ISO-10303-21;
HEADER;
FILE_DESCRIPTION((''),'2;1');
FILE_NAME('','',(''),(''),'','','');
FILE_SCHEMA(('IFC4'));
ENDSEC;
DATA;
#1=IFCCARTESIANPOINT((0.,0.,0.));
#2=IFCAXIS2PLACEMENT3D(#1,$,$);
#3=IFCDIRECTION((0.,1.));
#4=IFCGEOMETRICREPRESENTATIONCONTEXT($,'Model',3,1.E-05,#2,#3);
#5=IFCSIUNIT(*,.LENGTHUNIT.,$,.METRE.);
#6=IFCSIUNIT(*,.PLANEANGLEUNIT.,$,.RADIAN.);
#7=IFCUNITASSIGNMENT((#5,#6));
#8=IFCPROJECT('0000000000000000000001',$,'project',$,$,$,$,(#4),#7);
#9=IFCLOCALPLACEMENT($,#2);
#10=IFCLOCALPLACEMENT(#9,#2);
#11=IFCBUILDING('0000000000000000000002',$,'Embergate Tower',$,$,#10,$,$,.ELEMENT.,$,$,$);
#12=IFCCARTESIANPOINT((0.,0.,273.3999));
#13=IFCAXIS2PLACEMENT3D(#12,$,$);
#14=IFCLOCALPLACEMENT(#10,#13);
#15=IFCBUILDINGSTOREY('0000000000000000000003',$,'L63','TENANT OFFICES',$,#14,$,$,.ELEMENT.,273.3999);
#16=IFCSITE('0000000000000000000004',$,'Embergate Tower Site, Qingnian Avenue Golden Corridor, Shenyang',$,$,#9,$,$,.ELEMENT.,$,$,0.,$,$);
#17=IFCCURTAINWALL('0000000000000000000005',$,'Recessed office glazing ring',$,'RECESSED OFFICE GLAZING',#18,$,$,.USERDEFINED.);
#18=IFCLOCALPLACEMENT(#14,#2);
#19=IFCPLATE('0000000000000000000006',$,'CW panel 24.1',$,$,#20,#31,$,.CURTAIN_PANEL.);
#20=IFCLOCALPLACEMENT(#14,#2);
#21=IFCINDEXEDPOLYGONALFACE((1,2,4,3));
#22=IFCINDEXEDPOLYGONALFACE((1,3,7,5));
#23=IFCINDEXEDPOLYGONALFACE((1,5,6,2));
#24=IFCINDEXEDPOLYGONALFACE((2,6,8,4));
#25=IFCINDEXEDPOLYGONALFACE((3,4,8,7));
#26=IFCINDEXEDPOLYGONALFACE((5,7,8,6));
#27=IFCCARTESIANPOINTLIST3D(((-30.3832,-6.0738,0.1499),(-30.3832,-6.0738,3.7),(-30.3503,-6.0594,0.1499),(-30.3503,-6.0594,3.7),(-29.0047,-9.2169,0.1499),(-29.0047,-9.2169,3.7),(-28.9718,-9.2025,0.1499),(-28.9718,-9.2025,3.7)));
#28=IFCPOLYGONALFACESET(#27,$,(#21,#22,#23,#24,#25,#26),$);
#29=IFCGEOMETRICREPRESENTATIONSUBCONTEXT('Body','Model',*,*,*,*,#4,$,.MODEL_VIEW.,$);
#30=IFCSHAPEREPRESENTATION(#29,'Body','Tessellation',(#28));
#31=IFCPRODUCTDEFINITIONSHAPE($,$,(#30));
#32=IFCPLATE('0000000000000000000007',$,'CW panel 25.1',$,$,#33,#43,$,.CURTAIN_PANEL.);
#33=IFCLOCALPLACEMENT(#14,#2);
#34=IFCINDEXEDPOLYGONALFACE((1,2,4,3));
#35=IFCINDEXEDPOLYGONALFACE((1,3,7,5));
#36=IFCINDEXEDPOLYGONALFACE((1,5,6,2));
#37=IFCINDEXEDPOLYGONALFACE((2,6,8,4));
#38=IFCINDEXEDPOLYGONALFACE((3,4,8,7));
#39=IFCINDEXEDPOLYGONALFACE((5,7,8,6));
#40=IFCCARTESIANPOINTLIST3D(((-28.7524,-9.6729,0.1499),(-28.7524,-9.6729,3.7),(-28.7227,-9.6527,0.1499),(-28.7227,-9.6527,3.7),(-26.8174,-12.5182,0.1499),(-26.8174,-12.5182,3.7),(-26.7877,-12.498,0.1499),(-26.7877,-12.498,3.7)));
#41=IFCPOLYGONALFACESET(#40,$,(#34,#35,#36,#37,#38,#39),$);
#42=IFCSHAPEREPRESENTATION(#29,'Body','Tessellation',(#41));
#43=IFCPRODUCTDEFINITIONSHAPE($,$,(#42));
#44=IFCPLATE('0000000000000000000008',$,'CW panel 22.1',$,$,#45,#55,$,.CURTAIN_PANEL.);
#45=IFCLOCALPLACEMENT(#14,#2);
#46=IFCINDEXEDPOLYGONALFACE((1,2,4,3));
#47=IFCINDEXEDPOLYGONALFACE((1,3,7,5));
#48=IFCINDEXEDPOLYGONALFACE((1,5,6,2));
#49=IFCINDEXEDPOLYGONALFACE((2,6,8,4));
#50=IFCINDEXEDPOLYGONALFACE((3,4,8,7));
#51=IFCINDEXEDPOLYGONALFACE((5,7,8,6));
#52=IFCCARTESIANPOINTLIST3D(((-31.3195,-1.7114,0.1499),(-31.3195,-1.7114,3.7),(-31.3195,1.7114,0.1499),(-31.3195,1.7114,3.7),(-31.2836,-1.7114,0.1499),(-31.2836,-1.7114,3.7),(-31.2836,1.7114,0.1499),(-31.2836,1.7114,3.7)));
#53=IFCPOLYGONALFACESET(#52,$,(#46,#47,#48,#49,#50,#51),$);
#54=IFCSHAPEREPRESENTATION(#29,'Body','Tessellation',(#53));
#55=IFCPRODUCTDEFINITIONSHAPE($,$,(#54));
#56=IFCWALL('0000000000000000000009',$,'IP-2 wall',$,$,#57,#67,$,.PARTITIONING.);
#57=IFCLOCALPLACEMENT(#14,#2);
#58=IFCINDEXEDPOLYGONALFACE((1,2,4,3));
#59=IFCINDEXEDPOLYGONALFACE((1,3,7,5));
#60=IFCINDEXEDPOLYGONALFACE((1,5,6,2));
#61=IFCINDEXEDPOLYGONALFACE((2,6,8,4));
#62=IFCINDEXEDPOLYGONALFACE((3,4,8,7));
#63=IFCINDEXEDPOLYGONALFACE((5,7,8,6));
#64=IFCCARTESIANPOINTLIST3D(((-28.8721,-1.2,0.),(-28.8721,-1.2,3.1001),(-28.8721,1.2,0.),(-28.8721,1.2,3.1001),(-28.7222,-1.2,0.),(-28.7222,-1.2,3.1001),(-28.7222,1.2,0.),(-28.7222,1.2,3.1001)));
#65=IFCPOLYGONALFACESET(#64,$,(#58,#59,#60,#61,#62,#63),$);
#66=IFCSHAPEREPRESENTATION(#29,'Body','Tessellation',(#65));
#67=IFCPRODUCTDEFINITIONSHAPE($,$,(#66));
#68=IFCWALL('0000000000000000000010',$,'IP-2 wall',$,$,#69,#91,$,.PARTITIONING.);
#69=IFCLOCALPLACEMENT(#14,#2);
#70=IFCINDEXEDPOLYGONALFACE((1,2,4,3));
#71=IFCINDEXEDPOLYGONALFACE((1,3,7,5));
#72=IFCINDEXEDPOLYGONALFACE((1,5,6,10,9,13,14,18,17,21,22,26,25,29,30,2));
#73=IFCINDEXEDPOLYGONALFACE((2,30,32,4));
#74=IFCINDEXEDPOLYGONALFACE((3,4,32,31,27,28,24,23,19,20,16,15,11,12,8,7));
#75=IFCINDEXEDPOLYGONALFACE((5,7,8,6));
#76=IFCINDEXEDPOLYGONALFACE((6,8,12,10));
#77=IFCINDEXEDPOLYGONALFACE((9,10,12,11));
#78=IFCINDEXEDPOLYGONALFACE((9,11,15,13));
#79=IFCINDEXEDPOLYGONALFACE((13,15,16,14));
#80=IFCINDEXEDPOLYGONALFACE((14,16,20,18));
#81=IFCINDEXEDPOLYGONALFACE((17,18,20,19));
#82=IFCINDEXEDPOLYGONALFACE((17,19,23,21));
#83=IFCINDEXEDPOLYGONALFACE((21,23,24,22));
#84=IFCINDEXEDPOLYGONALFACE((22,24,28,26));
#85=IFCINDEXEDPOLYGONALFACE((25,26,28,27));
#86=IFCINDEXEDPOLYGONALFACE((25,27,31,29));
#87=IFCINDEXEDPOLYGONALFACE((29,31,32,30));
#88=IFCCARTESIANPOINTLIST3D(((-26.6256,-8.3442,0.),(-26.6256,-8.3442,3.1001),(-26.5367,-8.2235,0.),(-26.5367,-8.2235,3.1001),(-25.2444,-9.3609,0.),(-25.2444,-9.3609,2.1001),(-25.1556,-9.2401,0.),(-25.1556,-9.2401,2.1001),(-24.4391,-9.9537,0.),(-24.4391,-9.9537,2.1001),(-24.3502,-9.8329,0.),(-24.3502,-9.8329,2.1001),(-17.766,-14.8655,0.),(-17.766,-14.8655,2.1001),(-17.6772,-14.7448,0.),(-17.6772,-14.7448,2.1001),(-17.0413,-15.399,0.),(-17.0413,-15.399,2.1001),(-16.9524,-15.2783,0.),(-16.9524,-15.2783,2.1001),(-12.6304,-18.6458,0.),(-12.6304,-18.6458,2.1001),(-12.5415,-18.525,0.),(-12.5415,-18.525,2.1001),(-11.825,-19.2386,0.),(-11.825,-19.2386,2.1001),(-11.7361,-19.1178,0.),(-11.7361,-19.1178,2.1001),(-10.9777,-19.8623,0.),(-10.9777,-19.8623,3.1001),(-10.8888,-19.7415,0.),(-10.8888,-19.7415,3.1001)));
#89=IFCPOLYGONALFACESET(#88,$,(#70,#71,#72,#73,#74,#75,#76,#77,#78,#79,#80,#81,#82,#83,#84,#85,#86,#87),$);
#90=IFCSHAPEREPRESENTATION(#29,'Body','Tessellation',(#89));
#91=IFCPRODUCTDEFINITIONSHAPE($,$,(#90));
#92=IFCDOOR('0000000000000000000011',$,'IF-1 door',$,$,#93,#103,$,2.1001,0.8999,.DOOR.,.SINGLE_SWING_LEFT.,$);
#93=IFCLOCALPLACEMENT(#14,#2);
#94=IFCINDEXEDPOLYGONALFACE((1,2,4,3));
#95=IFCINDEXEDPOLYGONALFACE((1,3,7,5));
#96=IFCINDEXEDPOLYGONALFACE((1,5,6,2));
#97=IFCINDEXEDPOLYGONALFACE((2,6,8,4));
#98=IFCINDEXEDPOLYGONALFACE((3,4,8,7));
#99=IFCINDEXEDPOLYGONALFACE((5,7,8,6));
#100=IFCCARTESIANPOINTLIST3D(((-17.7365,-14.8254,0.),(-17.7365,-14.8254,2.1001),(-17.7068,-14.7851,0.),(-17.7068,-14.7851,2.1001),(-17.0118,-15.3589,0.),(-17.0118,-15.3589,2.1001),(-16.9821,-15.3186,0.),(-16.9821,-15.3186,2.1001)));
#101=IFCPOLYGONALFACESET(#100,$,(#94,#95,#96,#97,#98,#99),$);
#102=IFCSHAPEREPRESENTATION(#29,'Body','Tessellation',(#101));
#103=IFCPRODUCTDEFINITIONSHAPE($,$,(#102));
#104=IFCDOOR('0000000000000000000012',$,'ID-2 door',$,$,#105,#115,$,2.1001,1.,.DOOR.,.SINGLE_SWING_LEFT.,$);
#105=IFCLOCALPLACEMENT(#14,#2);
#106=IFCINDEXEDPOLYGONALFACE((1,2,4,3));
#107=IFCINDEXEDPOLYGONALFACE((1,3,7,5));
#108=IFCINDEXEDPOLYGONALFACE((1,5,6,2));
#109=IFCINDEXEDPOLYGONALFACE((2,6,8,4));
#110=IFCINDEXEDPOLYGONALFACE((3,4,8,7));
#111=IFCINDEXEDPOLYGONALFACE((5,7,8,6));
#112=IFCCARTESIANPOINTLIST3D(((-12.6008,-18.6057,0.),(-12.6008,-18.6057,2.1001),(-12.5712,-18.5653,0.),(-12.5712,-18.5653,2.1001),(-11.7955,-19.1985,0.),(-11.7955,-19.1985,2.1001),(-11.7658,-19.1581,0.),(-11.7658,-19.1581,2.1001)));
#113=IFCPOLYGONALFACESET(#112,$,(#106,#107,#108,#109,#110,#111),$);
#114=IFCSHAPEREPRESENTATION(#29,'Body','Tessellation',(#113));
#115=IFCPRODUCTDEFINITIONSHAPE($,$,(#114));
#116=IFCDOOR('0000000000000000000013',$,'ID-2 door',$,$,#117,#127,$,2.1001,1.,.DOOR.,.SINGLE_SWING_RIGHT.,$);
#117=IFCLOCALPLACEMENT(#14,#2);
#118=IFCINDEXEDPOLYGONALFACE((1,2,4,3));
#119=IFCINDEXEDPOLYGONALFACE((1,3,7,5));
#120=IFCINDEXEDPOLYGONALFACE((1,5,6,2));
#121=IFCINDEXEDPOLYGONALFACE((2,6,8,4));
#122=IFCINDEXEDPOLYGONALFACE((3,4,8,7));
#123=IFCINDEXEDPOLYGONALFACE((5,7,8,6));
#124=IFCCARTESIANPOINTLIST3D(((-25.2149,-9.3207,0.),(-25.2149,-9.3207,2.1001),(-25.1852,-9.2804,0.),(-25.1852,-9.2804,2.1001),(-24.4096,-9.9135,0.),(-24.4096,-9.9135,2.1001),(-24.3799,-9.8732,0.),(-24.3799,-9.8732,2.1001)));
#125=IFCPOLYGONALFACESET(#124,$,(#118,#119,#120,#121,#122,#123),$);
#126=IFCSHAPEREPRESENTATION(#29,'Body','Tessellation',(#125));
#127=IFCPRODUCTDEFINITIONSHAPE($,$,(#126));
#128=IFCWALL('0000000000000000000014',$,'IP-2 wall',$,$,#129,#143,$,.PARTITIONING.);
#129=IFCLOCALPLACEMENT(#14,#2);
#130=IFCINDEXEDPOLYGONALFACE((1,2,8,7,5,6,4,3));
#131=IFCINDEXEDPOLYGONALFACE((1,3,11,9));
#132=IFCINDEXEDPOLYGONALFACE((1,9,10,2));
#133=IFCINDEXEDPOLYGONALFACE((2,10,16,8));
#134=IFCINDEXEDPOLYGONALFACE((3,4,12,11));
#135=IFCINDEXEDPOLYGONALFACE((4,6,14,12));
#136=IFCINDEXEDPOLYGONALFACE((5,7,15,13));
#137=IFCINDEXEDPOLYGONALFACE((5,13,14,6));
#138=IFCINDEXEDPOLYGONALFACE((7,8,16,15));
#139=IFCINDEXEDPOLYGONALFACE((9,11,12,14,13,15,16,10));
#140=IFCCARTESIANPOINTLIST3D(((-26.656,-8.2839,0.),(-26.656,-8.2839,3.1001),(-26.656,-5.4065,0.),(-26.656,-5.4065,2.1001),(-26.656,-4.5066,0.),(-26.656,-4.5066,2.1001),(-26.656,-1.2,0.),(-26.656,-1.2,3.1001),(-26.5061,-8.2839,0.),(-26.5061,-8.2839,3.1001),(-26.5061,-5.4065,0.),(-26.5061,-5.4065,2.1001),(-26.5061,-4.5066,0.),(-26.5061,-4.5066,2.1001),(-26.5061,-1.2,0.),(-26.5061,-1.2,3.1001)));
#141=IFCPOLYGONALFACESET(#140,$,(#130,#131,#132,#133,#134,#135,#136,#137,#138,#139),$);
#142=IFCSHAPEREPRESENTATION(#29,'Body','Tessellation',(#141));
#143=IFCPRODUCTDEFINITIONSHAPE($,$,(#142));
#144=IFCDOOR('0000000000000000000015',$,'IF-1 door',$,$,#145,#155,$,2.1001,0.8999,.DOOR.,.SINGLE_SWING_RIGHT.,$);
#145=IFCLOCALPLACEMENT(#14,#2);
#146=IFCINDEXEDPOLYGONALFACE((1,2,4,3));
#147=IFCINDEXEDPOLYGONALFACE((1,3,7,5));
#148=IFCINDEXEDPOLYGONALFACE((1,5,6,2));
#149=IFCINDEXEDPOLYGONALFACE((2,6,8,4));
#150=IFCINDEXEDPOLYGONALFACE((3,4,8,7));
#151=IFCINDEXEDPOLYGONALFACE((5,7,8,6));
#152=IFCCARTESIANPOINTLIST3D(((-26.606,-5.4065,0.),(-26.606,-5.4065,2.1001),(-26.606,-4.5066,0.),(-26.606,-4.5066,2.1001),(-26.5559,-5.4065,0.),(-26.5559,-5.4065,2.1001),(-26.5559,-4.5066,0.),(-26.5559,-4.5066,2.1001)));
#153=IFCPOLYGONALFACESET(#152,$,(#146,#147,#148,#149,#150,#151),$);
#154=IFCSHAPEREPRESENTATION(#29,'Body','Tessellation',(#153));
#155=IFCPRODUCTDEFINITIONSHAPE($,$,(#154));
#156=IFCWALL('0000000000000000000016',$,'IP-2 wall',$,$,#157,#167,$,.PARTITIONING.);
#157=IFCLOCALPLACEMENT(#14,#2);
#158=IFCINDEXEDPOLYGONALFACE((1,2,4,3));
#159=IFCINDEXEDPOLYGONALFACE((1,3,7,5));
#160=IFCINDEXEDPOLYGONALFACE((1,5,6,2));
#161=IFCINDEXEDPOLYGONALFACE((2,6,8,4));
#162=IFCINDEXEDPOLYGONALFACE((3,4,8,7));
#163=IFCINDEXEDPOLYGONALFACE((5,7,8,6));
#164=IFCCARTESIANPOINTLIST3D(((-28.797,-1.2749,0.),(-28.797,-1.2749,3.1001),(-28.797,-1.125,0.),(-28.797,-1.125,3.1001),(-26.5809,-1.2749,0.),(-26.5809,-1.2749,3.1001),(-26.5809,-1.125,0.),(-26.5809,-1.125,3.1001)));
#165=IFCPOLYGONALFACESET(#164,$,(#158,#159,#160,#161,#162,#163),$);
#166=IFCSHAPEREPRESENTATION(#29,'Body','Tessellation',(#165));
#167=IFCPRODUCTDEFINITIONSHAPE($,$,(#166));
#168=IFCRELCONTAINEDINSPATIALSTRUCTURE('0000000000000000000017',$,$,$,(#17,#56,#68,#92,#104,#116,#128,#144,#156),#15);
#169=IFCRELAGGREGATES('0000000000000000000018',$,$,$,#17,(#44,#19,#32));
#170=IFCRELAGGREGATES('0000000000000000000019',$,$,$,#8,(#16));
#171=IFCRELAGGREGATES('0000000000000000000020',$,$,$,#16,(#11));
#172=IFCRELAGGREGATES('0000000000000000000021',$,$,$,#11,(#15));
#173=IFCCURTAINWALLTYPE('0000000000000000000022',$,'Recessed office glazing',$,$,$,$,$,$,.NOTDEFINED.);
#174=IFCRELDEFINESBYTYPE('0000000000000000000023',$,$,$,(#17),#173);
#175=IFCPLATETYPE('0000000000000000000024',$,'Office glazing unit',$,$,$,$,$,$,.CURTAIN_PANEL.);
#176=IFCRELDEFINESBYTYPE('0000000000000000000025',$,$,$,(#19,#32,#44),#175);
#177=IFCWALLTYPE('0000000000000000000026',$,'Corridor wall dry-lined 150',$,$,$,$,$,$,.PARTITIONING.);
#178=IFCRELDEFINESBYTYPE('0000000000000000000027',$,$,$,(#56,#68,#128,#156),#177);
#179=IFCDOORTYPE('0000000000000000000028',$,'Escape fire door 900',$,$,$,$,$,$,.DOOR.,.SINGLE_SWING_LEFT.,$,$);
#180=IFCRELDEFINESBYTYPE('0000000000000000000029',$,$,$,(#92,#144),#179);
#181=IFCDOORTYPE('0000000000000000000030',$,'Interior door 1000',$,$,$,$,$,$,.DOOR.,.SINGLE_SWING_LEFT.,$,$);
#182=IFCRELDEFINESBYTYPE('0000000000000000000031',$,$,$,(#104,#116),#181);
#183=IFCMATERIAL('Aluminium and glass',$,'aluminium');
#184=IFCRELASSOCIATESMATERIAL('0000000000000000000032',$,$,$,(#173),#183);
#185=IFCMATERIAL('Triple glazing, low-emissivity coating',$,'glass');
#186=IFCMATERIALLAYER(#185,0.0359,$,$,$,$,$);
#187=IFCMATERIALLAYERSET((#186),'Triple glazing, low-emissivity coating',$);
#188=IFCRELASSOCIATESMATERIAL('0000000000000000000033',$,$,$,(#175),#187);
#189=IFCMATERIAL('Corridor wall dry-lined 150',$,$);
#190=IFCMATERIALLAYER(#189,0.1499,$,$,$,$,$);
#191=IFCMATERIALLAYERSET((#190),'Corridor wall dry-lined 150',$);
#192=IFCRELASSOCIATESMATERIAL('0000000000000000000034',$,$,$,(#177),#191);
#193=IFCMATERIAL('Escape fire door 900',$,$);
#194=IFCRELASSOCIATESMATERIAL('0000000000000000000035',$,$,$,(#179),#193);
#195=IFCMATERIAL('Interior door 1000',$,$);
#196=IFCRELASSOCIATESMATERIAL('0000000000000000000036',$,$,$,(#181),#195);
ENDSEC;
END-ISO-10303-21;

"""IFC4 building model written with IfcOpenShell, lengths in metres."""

from ifc_helpers import new_model, si_unit, direction, frame, frame_2d, origin, origin_2d, place, context, subcontext, project, spatial, rectangle, extrude, source, transform, mapped, material, layer, layer_set, type_object, element, fill, aggregate, save


model = new_model("IFC4")

# Units and contexts
model_context = context("Model", 3, precision=1e-05, world=origin(), true_north=direction((0.0, 1.0)))
body_context = subcontext(model_context, "Body", "Model", "MODEL_VIEW")
ifc_project = project(units=[si_unit("LENGTHUNIT", "METRE"), si_unit("PLANEANGLEUNIT", "RADIAN")], contexts=[model_context])

# Site, building, storey
site_placement = place(None, origin())
site = spatial("IfcSite", under=ifc_project, at=site_placement, Name="Embergate Tower Site, Qingnian Avenue Golden Corridor, Shenyang", CompositionType="ELEMENT", RefElevation=0.0)
building_placement = place(site_placement, origin())
building = spatial("IfcBuilding", under=site, at=building_placement, Name="Embergate Tower", CompositionType="ELEMENT")
storey_placement = place(building_placement, frame((0.0, 0.0, 273.3999)))
storey = spatial("IfcBuildingStorey", under=building, at=storey_placement, Name="L63", Description="TENANT OFFICES", CompositionType="ELEMENT", Elevation=273.3999)

# Curtain wall, plates
ifc_material_1 = material(Name="Aluminium and glass", Category="aluminium")
curtain_wall_type = type_object("IfcCurtainWallType", Name="Recessed office glazing", PredefinedType="NOTDEFINED", material=ifc_material_1)
curtain_wall_placement = place(storey_placement, origin())
curtain_wall = element("IfcCurtainWall", 1, at=curtain_wall_placement, inside=storey, type_object=curtain_wall_type, Name="Recessed office glazing ring", ObjectType="RECESSED OFFICE GLAZING", PredefinedType="USERDEFINED")
ifc_material_2 = material(Name="Triple glazing, low-emissivity coating", Category="glass")
ifc_layer_1 = layer(ifc_material_2, 0.0359)
ifc_layer_set_1 = layer_set([ifc_layer_1], Name="Triple glazing, low-emissivity coating")
plate_type = type_object("IfcPlateType", Name="Office glazing unit", PredefinedType="CURTAIN_PANEL", material=ifc_layer_set_1)
shared_shape_1 = source(origin(), body_context, "Body", "SweptSolid", [
    extrude(rectangle(XDim=3.4321, YDim=0.0359, at=origin_2d()), origin(), (0.0, 0.0, 1.0), 3.55),
])
plate_1_placement = place(storey_placement, frame((-29.6775, -7.6382, 0.1499), z_axis=(0.0, 0.0, 1.0), x_axis=(0.401658, -0.91579, 0.0)))
plate_1 = element("IfcPlate", 2, at=plate_1_placement, type_object=plate_type, Name="CW panel 24.1", PredefinedType="CURTAIN_PANEL", context=body_context, shape_type="MappedRepresentation", body=[
    mapped(shared_shape_1, transform((0.0, 0.0, 0.0))),
])
shared_shape_2 = source(origin(), body_context, "Body", "SweptSolid", [
    extrude(rectangle(XDim=3.4409, YDim=0.0359, at=origin_2d()), origin(), (0.0, 0.0, 1.0), 3.55),
])
plate_2_placement = place(storey_placement, frame((-27.77, -11.0854, 0.1499), z_axis=(0.0, 0.0, 1.0), x_axis=(0.562349, -0.8269, 0.0)))
plate_2 = element("IfcPlate", 3, at=plate_2_placement, type_object=plate_type, Name="CW panel 25.1", PredefinedType="CURTAIN_PANEL", context=body_context, shape_type="MappedRepresentation", body=[
    mapped(shared_shape_2, transform((0.0, 0.0, 0.0))),
])
shared_shape_3 = source(origin(), body_context, "Body", "SweptSolid", [
    extrude(rectangle(XDim=3.4229, YDim=0.0359, at=origin_2d()), origin(), (0.0, 0.0, 1.0), 3.55),
])
plate_3_placement = place(storey_placement, frame((-31.3015, 0.0, 0.1499), z_axis=(0.0, 0.0, 1.0), x_axis=(0.0, -1.0, 0.0)))
plate_3 = element("IfcPlate", 4, at=plate_3_placement, type_object=plate_type, Name="CW panel 22.1", PredefinedType="CURTAIN_PANEL", context=body_context, shape_type="MappedRepresentation", body=[
    mapped(shared_shape_3, transform((0.0, 0.0, 0.0))),
])
aggregate(curtain_wall, [plate_3, plate_1, plate_2])

# Wall
ifc_material_3 = material(Name="Corridor wall dry-lined 150")
ifc_layer_2 = layer(ifc_material_3, 0.1499)
ifc_layer_set_2 = layer_set([ifc_layer_2], Name="Corridor wall dry-lined 150")
wall_type_1 = type_object("IfcWallType", Name="Corridor wall dry-lined 150", PredefinedType="PARTITIONING", material=ifc_layer_set_2)
shared_shape_4 = source(origin(), body_context, "Body", "SweptSolid", [
    extrude(rectangle(XDim=2.3999, YDim=0.1499, at=frame_2d((1.2, 0.0))), origin(), (0.0, 0.0, 1.0), 3.1001),
])
wall_1_placement = place(storey_placement, frame((-28.7971, -1.2, 0.0), z_axis=(0.0, 0.0, 1.0), x_axis=(0.0, 1.0, 0.0)))
element("IfcWall", 5, at=wall_1_placement, inside=storey, type_object=wall_type_1, Name="IP-2 wall", PredefinedType="PARTITIONING", context=body_context, shape_type="MappedRepresentation", body=[
    mapped(shared_shape_4, transform((0.0, 0.0, 0.0))),
])

# Wall, openings, doors
shared_shape_5 = source(origin(), body_context, "Body", "SweptSolid", [
    extrude(rectangle(XDim=19.4299, YDim=0.1499, at=frame_2d((9.7148, 0.0))), origin(), (0.0, 0.0, 1.0), 3.1001),
])
wall_2_placement = place(storey_placement, frame((-26.5811, -8.2839, 0.0), z_axis=(0.0, 0.0, 1.0), x_axis=(0.805351, -0.592799, 0.0)))
wall_2 = element("IfcWall", 6, at=wall_2_placement, inside=storey, type_object=wall_type_1, Name="IP-2 wall", PredefinedType="PARTITIONING", context=body_context, shape_type="MappedRepresentation", body=[
    mapped(shared_shape_5, transform((0.0, 0.0, 0.0))),
])
shared_shape_6 = source(origin(), body_context, "Body", "SweptSolid", [
    extrude(rectangle(XDim=0.8999, YDim=2.1001, at=frame_2d((0.45, 1.05))), frame((0.0, 0.085, 0.0), z_axis=(0.0, -1.0, 0.0), x_axis=(1.0, 0.0, 0.0)), (0.0, 0.0, 1.0), 0.1699),
])
opening_1_placement = place(wall_2_placement, frame((11.0007, 0.0, 0.0)))
opening_1 = element("IfcOpeningElement", 7, at=opening_1_placement, cuts=wall_2, PredefinedType="OPENING", context=body_context, shape_type="MappedRepresentation", body=[
    mapped(shared_shape_6, transform((0.0, 0.0, 0.0))),
])
shared_shape_7 = source(origin(), body_context, "Body", "SweptSolid", [
    extrude(rectangle(XDim=1.0, YDim=2.1001, at=frame_2d((0.5, 1.05))), frame((0.0, 0.085, 0.0), z_axis=(0.0, -1.0, 0.0), x_axis=(1.0, 0.0, 0.0)), (0.0, 0.0, 1.0), 0.1699),
])
opening_2_placement = place(wall_2_placement, frame((17.3777, 0.0, 0.0)))
opening_2 = element("IfcOpeningElement", 8, at=opening_2_placement, cuts=wall_2, PredefinedType="OPENING", context=body_context, shape_type="MappedRepresentation", body=[
    mapped(shared_shape_7, transform((0.0, 0.0, 0.0))),
])
opening_3_placement = place(wall_2_placement, frame((1.7148, 0.0, 0.0)))
opening_3 = element("IfcOpeningElement", 9, at=opening_3_placement, cuts=wall_2, PredefinedType="OPENING", context=body_context, shape_type="MappedRepresentation", body=[
    mapped(shared_shape_7, transform((0.0, 0.0, 0.0))),
])
ifc_material_4 = material(Name="Escape fire door 900")
door_type_1 = type_object("IfcDoorType", Name="Escape fire door 900", OperationType="SINGLE_SWING_LEFT", PredefinedType="DOOR", material=ifc_material_4)
shared_shape_8 = source(origin(), body_context, "Body", "SweptSolid", [
    extrude(rectangle(XDim=0.8999, YDim=2.1001, at=frame_2d((0.45, 1.05))), frame((0.0, 0.0249, 0.0), z_axis=(0.0, -1.0, 0.0), x_axis=(1.0, 0.0, 0.0)), (0.0, 0.0, 1.0), 0.05),
])
door_1_placement = place(opening_1_placement, origin())
door_1 = element("IfcDoor", 10, at=door_1_placement, inside=storey, type_object=door_type_1, Name="IF-1 door", OperationType="SINGLE_SWING_LEFT", OverallHeight=2.1001, OverallWidth=0.8999, PredefinedType="DOOR", context=body_context, shape_type="MappedRepresentation", body=[
    mapped(shared_shape_8, transform((0.0, 0.0, 0.0))),
])
fill(opening_1, door_1)
ifc_material_5 = material(Name="Interior door 1000")
door_type_2 = type_object("IfcDoorType", Name="Interior door 1000", OperationType="SINGLE_SWING_LEFT", PredefinedType="DOOR", material=ifc_material_5)
shared_shape_9 = source(origin(), body_context, "Body", "SweptSolid", [
    extrude(rectangle(XDim=1.0, YDim=2.1001, at=frame_2d((0.5, 1.05))), frame((0.0, 0.0249, 0.0), z_axis=(0.0, -1.0, 0.0), x_axis=(1.0, 0.0, 0.0)), (0.0, 0.0, 1.0), 0.05),
])
door_2_placement = place(opening_2_placement, origin())
door_2 = element("IfcDoor", 11, at=door_2_placement, inside=storey, type_object=door_type_2, Name="ID-2 door", OperationType="SINGLE_SWING_LEFT", OverallHeight=2.1001, OverallWidth=1.0, PredefinedType="DOOR", context=body_context, shape_type="MappedRepresentation", body=[
    mapped(shared_shape_9, transform((0.0, 0.0, 0.0))),
])
fill(opening_2, door_2)
door_3_placement = place(opening_3_placement, origin())
door_3 = element("IfcDoor", 12, at=door_3_placement, inside=storey, type_object=door_type_2, Name="ID-2 door", OperationType="SINGLE_SWING_RIGHT", OverallHeight=2.1001, OverallWidth=1.0, PredefinedType="DOOR", context=body_context, shape_type="MappedRepresentation", body=[
    mapped(shared_shape_9, transform((0.0, 0.0, 0.0))),
])
fill(opening_3, door_3)

# Wall, opening, door
shared_shape_10 = source(origin(), body_context, "Body", "SweptSolid", [
    extrude(rectangle(XDim=7.084, YDim=0.1499, at=frame_2d((3.542, 0.0))), origin(), (0.0, 0.0, 1.0), 3.1001),
])
wall_3_placement = place(storey_placement, frame((-26.5811, -8.2839, 0.0), z_axis=(0.0, 0.0, 1.0), x_axis=(0.0, 1.0, 0.0)))
wall_3 = element("IfcWall", 13, at=wall_3_placement, inside=storey, type_object=wall_type_1, Name="IP-2 wall", PredefinedType="PARTITIONING", context=body_context, shape_type="MappedRepresentation", body=[
    mapped(shared_shape_10, transform((0.0, 0.0, 0.0))),
])
opening_4_placement = place(wall_3_placement, frame((2.8774, 0.0, 0.0)))
opening_4 = element("IfcOpeningElement", 14, at=opening_4_placement, cuts=wall_3, PredefinedType="OPENING", context=body_context, shape_type="MappedRepresentation", body=[
    mapped(shared_shape_6, transform((0.0, 0.0, 0.0))),
])
door_4_placement = place(opening_4_placement, origin())
door_4 = element("IfcDoor", 15, at=door_4_placement, inside=storey, type_object=door_type_1, Name="IF-1 door", OperationType="SINGLE_SWING_RIGHT", OverallHeight=2.1001, OverallWidth=0.8999, PredefinedType="DOOR", context=body_context, shape_type="MappedRepresentation", body=[
    mapped(shared_shape_8, transform((0.0, 0.0, 0.0))),
])
fill(opening_4, door_4)

# Wall
shared_shape_11 = source(origin(), body_context, "Body", "SweptSolid", [
    extrude(rectangle(XDim=2.2161, YDim=0.1499, at=frame_2d((1.1079, 0.0))), origin(), (0.0, 0.0, 1.0), 3.1001),
])
wall_4_placement = place(storey_placement, frame((-26.5811, -1.2, 0.0), z_axis=(0.0, 0.0, 1.0), x_axis=(-1.0, 0.0, 0.0)))
element("IfcWall", 16, at=wall_4_placement, inside=storey, type_object=wall_type_1, Name="IP-2 wall", PredefinedType="PARTITIONING", context=body_context, shape_type="MappedRepresentation", body=[
    mapped(shared_shape_11, transform((0.0, 0.0, 0.0))),
])

save(model, "model.ifc")
